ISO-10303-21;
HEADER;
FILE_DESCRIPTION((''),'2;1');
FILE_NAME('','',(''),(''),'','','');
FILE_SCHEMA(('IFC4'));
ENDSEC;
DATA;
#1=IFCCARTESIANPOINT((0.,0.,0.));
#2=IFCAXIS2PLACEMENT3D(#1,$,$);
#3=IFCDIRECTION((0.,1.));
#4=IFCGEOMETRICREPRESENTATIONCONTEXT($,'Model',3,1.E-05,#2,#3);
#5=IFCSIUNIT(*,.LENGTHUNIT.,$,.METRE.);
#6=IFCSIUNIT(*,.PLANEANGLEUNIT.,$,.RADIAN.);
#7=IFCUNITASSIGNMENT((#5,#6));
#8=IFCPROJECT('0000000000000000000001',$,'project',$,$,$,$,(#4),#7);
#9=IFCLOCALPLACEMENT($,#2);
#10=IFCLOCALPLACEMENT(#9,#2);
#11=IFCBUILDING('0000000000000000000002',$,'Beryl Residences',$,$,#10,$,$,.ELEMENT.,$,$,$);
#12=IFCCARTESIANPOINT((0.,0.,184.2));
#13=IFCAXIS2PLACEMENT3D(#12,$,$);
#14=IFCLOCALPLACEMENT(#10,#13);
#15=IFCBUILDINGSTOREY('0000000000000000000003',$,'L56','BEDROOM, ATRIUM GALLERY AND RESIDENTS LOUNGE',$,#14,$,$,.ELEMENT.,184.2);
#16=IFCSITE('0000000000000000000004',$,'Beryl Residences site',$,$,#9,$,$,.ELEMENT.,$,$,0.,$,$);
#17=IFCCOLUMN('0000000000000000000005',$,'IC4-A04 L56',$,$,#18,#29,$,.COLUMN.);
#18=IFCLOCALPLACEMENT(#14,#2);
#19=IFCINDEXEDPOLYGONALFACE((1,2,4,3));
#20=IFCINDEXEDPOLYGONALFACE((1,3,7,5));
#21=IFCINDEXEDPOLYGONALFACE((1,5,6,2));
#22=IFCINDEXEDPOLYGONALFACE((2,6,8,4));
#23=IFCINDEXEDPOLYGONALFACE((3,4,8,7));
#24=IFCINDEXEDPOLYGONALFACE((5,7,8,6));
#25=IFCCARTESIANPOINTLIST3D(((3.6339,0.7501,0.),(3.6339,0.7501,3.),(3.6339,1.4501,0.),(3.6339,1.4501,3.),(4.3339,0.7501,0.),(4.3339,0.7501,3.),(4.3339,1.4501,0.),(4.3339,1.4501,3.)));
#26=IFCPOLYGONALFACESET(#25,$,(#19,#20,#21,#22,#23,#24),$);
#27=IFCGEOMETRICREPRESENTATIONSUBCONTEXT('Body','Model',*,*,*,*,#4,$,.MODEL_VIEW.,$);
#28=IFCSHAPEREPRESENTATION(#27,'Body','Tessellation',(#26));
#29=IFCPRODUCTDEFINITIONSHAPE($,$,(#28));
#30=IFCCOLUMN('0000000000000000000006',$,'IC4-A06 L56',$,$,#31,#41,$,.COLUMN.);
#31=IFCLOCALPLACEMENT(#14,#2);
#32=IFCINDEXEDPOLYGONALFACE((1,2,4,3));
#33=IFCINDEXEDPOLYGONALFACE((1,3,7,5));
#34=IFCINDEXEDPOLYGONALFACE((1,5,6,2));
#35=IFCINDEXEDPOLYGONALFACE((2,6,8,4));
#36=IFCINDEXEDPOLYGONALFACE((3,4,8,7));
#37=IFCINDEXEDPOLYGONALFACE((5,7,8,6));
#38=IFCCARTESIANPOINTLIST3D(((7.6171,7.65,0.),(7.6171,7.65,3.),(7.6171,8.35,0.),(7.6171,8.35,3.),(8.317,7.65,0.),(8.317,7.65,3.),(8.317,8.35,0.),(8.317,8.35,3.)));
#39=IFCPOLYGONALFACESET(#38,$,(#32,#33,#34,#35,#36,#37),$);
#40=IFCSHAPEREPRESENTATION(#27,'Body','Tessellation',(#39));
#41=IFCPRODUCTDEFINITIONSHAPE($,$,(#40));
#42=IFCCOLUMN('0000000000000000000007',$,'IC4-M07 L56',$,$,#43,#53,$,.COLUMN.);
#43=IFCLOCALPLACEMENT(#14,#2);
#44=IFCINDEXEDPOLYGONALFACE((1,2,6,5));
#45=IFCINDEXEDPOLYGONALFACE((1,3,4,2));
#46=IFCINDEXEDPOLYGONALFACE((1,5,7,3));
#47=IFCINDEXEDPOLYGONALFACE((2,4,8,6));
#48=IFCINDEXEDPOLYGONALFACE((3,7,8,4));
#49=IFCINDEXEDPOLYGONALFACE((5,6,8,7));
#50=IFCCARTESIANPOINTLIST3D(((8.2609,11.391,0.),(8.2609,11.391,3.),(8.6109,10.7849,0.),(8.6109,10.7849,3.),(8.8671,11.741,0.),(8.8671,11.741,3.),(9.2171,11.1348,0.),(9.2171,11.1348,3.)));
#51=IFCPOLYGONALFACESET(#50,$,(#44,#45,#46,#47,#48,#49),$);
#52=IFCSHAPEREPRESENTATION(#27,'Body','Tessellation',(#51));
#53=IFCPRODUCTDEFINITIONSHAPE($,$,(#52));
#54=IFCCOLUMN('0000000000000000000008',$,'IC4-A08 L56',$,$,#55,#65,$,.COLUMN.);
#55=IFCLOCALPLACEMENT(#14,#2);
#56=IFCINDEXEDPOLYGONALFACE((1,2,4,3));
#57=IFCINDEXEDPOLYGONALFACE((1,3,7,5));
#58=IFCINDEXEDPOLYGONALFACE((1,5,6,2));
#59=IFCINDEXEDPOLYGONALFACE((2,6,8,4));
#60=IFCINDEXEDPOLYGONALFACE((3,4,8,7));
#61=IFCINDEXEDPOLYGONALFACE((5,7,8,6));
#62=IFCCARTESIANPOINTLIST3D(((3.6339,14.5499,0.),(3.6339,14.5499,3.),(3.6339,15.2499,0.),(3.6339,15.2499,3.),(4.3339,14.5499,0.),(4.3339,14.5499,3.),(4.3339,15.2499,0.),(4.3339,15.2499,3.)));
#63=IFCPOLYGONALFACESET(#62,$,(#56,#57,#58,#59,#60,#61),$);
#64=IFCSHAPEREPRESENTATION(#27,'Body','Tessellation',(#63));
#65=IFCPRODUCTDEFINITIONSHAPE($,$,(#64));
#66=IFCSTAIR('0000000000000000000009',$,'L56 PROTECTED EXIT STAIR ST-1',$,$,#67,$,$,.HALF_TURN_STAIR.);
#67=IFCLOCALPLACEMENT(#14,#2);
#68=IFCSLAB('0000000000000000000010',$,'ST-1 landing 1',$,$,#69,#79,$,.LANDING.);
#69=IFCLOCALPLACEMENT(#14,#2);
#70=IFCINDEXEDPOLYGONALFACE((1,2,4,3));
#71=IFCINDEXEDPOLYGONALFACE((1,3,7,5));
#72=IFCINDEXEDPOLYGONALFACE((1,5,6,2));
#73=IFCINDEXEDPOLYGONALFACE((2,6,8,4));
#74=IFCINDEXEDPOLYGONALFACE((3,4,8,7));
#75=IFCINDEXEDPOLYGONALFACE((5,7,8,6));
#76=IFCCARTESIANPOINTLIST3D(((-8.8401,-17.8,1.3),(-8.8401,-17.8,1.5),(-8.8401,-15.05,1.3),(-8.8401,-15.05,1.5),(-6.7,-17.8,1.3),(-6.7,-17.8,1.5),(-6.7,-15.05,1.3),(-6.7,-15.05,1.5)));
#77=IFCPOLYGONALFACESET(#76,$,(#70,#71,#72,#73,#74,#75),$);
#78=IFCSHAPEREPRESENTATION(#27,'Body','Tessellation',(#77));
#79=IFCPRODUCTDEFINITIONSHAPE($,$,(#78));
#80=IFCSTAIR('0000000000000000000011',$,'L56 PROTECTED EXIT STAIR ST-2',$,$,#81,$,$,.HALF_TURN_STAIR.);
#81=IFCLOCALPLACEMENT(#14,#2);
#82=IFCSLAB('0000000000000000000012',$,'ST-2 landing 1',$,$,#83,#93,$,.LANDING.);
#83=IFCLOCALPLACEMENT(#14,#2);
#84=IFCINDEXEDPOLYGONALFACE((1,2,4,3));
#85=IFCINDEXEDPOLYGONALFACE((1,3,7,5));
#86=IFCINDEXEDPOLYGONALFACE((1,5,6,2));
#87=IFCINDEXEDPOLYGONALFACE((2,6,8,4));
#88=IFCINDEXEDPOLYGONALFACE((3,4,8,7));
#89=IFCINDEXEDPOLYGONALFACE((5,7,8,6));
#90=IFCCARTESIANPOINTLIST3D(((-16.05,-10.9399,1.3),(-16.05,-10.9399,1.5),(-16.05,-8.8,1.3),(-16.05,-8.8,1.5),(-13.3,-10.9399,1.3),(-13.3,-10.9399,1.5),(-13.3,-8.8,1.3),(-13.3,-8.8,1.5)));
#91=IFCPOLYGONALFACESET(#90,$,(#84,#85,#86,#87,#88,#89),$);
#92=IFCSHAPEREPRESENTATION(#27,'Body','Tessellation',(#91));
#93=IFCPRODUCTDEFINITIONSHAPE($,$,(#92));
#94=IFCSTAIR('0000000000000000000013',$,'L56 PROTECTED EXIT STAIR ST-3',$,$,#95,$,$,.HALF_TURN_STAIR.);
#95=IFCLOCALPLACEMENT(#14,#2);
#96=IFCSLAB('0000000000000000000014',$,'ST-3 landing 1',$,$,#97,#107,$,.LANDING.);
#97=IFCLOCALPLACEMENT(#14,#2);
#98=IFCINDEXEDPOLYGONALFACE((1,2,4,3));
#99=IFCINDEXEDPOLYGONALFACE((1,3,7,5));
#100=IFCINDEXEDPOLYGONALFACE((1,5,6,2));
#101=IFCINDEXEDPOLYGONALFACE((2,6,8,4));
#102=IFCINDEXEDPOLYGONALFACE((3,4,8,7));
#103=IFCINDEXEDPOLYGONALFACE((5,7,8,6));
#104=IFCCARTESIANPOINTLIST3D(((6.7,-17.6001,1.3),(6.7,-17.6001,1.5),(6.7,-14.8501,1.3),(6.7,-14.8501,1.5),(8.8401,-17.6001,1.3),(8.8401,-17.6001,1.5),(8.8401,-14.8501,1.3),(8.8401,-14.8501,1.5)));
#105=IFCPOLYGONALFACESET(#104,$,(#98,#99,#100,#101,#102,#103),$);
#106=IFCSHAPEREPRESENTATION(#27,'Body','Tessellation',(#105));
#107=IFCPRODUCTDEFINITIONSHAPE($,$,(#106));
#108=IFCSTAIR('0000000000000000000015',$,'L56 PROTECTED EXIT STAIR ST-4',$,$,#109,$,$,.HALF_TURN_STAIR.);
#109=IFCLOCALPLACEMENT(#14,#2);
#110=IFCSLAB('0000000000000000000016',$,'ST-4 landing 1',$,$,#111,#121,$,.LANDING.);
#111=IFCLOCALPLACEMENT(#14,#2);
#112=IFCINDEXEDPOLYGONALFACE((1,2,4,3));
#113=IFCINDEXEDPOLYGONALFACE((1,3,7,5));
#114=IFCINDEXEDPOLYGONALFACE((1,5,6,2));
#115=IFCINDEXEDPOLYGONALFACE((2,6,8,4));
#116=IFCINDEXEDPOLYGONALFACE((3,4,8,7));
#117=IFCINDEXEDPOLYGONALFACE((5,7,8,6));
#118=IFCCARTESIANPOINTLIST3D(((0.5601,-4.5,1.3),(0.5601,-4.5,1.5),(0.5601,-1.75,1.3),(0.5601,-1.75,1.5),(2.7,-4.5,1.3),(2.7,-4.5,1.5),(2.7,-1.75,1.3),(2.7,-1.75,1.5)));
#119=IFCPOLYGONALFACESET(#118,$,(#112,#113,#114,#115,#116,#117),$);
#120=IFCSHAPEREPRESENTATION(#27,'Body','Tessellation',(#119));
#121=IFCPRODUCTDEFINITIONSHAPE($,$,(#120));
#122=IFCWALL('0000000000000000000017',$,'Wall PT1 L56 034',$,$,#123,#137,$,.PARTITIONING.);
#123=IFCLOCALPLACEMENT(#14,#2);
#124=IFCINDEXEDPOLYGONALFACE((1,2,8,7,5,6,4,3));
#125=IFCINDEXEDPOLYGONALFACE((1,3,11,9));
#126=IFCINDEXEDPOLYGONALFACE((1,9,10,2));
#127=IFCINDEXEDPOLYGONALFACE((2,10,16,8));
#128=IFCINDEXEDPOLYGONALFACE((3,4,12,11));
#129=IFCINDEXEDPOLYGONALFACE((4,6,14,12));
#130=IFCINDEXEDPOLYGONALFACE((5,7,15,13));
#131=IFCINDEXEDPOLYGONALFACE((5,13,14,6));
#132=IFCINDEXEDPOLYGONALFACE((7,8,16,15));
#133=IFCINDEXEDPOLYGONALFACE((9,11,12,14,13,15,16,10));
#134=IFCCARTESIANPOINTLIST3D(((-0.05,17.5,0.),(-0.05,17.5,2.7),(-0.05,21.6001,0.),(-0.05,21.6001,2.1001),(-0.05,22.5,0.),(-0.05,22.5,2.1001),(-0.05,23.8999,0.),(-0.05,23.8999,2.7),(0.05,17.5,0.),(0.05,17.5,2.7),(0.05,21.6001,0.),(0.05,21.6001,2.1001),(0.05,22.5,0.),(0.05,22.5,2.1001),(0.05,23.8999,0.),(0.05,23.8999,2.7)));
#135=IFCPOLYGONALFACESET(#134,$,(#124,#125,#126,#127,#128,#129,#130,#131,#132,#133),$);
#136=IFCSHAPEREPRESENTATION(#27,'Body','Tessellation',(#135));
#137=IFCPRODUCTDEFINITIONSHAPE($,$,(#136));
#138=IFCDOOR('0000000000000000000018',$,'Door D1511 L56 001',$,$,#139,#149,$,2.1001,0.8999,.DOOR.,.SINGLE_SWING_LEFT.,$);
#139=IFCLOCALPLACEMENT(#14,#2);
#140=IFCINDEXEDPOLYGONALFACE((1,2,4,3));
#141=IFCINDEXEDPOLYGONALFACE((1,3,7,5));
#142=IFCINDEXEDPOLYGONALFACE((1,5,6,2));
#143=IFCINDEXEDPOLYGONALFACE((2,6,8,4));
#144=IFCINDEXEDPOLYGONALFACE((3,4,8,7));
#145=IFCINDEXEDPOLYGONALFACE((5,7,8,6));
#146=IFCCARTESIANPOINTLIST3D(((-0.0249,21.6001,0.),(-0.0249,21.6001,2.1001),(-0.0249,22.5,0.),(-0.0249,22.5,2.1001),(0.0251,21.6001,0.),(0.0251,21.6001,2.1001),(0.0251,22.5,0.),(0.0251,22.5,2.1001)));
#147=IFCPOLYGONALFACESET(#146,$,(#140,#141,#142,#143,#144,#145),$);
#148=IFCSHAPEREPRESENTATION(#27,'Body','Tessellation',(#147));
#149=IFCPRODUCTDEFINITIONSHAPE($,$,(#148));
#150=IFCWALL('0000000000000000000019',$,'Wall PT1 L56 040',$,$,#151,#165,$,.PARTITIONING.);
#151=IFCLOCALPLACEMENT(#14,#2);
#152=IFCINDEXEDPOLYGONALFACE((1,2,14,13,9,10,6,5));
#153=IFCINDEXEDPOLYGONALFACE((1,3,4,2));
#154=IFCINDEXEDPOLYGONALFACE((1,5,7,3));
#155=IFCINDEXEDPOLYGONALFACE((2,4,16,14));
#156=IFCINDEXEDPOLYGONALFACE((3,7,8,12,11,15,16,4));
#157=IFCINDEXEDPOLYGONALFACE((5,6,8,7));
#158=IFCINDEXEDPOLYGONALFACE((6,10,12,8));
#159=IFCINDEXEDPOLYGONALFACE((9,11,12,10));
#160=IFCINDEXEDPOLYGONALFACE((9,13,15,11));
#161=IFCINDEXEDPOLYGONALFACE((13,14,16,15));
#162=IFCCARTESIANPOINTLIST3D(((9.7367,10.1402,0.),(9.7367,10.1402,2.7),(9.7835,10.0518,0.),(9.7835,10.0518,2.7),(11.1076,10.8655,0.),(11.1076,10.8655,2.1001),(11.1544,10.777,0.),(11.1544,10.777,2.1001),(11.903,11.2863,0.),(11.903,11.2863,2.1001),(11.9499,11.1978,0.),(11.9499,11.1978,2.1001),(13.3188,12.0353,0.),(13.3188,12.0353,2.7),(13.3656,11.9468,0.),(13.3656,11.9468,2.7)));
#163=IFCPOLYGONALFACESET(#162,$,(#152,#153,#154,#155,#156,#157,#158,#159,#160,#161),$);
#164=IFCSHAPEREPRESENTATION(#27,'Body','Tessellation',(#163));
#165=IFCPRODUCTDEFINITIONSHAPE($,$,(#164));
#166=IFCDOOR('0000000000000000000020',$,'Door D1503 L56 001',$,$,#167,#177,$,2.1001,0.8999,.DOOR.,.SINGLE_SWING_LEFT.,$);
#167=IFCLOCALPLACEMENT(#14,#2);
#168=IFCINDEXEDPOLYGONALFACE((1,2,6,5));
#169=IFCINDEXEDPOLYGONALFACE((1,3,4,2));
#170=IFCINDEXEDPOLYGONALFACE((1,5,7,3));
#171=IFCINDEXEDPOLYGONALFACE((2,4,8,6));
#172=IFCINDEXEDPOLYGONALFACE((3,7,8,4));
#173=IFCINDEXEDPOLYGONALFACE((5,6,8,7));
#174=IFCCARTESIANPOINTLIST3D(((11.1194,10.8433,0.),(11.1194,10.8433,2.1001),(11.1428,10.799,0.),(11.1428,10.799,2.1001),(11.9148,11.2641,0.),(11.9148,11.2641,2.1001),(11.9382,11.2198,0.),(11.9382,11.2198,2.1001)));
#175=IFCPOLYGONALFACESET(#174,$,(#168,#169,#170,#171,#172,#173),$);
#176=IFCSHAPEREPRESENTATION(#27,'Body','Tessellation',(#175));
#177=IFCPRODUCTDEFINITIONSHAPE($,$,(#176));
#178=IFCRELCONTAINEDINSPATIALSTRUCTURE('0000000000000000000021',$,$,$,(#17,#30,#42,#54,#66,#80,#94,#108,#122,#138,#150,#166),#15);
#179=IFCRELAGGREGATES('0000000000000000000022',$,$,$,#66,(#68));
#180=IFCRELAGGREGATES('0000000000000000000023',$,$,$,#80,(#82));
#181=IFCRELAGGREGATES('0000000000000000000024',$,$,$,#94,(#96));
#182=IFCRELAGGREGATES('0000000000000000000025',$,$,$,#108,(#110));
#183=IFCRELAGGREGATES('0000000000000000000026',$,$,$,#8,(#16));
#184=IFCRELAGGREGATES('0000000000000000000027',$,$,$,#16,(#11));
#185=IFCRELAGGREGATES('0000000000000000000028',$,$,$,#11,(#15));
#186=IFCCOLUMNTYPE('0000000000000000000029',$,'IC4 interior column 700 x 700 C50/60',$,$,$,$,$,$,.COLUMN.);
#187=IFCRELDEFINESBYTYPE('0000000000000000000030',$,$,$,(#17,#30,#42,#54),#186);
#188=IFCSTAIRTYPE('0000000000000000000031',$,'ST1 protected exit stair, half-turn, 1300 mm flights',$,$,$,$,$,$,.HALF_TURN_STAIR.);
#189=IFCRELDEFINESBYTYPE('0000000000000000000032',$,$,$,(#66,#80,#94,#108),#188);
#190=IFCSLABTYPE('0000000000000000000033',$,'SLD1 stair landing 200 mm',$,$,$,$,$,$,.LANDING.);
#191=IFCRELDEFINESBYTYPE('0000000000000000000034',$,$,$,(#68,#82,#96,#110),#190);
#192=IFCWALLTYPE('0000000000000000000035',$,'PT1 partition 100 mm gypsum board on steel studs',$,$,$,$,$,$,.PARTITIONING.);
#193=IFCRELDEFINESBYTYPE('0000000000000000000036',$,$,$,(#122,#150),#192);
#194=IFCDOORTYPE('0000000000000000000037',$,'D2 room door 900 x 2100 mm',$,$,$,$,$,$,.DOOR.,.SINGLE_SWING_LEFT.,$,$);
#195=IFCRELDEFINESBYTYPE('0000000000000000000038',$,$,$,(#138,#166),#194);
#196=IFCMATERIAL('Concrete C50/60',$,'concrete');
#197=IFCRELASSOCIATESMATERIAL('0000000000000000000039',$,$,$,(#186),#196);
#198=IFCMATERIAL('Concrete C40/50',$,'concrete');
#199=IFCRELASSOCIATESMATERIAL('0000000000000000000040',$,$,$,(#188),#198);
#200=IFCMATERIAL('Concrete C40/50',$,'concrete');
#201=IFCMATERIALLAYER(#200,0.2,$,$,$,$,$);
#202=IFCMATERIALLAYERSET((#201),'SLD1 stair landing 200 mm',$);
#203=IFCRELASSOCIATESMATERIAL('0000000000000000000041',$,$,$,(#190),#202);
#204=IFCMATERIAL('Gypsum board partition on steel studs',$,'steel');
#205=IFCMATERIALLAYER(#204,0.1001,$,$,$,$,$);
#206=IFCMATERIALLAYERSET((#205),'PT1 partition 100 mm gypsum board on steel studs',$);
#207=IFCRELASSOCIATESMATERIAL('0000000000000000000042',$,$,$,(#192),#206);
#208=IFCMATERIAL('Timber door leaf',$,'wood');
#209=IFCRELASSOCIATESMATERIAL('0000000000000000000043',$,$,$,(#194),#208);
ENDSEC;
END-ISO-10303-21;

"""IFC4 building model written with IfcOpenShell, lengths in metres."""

from ifc_helpers import new_model, si_unit, direction, frame, frame_2d, origin, origin_2d, place, context, subcontext, project, spatial, polyline, rectangle, outline, extrude, material, layer, layer_set, material_profile, profile_set, type_object, element, fill, aggregate, save


model = new_model("IFC4")

# Units and contexts
model_context = context("Model", 3, precision=1e-05, world=origin(), true_north=direction((0.0, 1.0)))
body_context = subcontext(model_context, "Body", "Model", "MODEL_VIEW")
ifc_project = project(units=[si_unit("LENGTHUNIT", "METRE"), si_unit("PLANEANGLEUNIT", "RADIAN")], contexts=[model_context])

# Site, building, storey
site_placement = place(None, origin())
site = spatial("IfcSite", under=ifc_project, at=site_placement, Name="Beryl Residences site", CompositionType="ELEMENT", RefElevation=0.0)
building_placement = place(site_placement, origin())
building = spatial("IfcBuilding", under=site, at=building_placement, Name="Beryl Residences", CompositionType="ELEMENT")
storey_placement = place(building_placement, frame((0.0, 0.0, 184.2)))
storey = spatial("IfcBuildingStorey", under=building, at=storey_placement, Name="L56", Description="BEDROOM, ATRIUM GALLERY AND RESIDENTS LOUNGE", CompositionType="ELEMENT", Elevation=184.2)

# Columns
ifc_material_1 = material(Name="Concrete C50/60", Category="concrete")
ifc_material_profile = material_profile(ifc_material_1, rectangle(XDim=0.7, YDim=0.7, at=origin_2d()))
ifc_profile_set = profile_set([ifc_material_profile], Name="Concrete C50/60")
column_type = type_object("IfcColumnType", Name="IC4 interior column 700 x 700 C50/60", PredefinedType="COLUMN", material=ifc_profile_set)
for number, where, z_axis, x_axis, name in (
    (1, (3.9839, 1.1001, 0.0), (0.0, 0.0, 1.0), (1.0, 0.0, 0.0), "IC4-A04 L56"),
    (2, (7.967, 8.0, 0.0), (0.0, 0.0, 1.0), (1.0, 0.0, 0.0), "IC4-A06 L56"),
    (3, (8.739, 11.2629, 0.0), (0.0, 0.0, 1.0), (-0.5, 0.866025, 0.0), "IC4-M07 L56"),
    (4, (3.9839, 14.8999, 0.0), (0.0, 0.0, 1.0), (1.0, 0.0, 0.0), "IC4-A08 L56"),
):
    element("IfcColumn", number, at=place(storey_placement, frame(where, z_axis=z_axis, x_axis=x_axis)), inside=storey, type_object=column_type, Name=name, PredefinedType="COLUMN", context=body_context, shape_type="SweptSolid", body=[
        extrude(rectangle(XDim=0.7, YDim=0.7, at=origin_2d()), origin(), (0.0, 0.0, 1.0), 3.0),
    ])

# Stairs, slabs
ifc_material_2 = material(Name="Concrete C40/50", Category="concrete")
stair_type = type_object("IfcStairType", Name="ST1 protected exit stair, half-turn, 1300 mm flights", PredefinedType="HALF_TURN_STAIR", material=ifc_material_2)
stair_1_placement = place(storey_placement, origin())
stair_1 = element("IfcStair", 5, at=stair_1_placement, inside=storey, type_object=stair_type, Name="L56 PROTECTED EXIT STAIR ST-1", PredefinedType="HALF_TURN_STAIR")
ifc_material_3 = material(Name="Concrete C40/50", Category="concrete")
ifc_layer_1 = layer(ifc_material_3, 0.2)
ifc_layer_set_1 = layer_set([ifc_layer_1], Name="SLD1 stair landing 200 mm")
slab_type_1 = type_object("IfcSlabType", Name="SLD1 stair landing 200 mm", PredefinedType="LANDING", material=ifc_layer_set_1)
slab_1_placement = place(storey_placement, frame((0.0, 0.0, 1.3)))
slab_1 = element("IfcSlab", 6, at=slab_1_placement, type_object=slab_type_1, Name="ST-1 landing 1", PredefinedType="LANDING", context=body_context, shape_type="SweptSolid", body=[
    extrude(outline(polyline([(-8.8401, -17.8), (-6.7, -17.8), (-6.7, -15.05), (-8.8401, -15.05), (-8.8401, -17.8)])), origin(), (0.0, 0.0, 1.0), 0.2),
])
aggregate(stair_1, [slab_1])
stair_2_placement = place(storey_placement, origin())
stair_2 = element("IfcStair", 7, at=stair_2_placement, inside=storey, type_object=stair_type, Name="L56 PROTECTED EXIT STAIR ST-2", PredefinedType="HALF_TURN_STAIR")
slab_2_placement = place(storey_placement, frame((0.0, 0.0, 1.3)))
slab_2 = element("IfcSlab", 8, at=slab_2_placement, type_object=slab_type_1, Name="ST-2 landing 1", PredefinedType="LANDING", context=body_context, shape_type="SweptSolid", body=[
    extrude(outline(polyline([(-13.3, -10.9399), (-13.3, -8.8), (-16.05, -8.8), (-16.05, -10.9399), (-13.3, -10.9399)])), origin(), (0.0, 0.0, 1.0), 0.2),
])
aggregate(stair_2, [slab_2])
stair_3_placement = place(storey_placement, origin())
stair_3 = element("IfcStair", 9, at=stair_3_placement, inside=storey, type_object=stair_type, Name="L56 PROTECTED EXIT STAIR ST-3", PredefinedType="HALF_TURN_STAIR")
slab_3_placement = place(storey_placement, frame((0.0, 0.0, 1.3)))
slab_3 = element("IfcSlab", 10, at=slab_3_placement, type_object=slab_type_1, Name="ST-3 landing 1", PredefinedType="LANDING", context=body_context, shape_type="SweptSolid", body=[
    extrude(outline(polyline([(8.8401, -14.8501), (6.7, -14.8501), (6.7, -17.6001), (8.8401, -17.6001), (8.8401, -14.8501)])), origin(), (0.0, 0.0, 1.0), 0.2),
])
aggregate(stair_3, [slab_3])
stair_4_placement = place(storey_placement, origin())
stair_4 = element("IfcStair", 11, at=stair_4_placement, inside=storey, type_object=stair_type, Name="L56 PROTECTED EXIT STAIR ST-4", PredefinedType="HALF_TURN_STAIR")
slab_4_placement = place(storey_placement, frame((0.0, 0.0, 1.3)))
slab_4 = element("IfcSlab", 12, at=slab_4_placement, type_object=slab_type_1, Name="ST-4 landing 1", PredefinedType="LANDING", context=body_context, shape_type="SweptSolid", body=[
    extrude(outline(polyline([(0.5601, -4.5), (2.7, -4.5), (2.7, -1.75), (0.5601, -1.75), (0.5601, -4.5)])), origin(), (0.0, 0.0, 1.0), 0.2),
])
aggregate(stair_4, [slab_4])

# Walls, openings, doors
ifc_material_4 = material(Name="Gypsum board partition on steel studs", Category="steel")
ifc_layer_2 = layer(ifc_material_4, 0.1001)
ifc_layer_set_2 = layer_set([ifc_layer_2], Name="PT1 partition 100 mm gypsum board on steel studs")
wall_type_1 = type_object("IfcWallType", Name="PT1 partition 100 mm gypsum board on steel studs", PredefinedType="PARTITIONING", material=ifc_layer_set_2)
wall_1_placement = place(storey_placement, frame((0.0, 17.5, 0.0), z_axis=(0.0, 0.0, 1.0), x_axis=(0.0, 1.0, 0.0)))
wall_1 = element("IfcWall", 13, at=wall_1_placement, inside=storey, type_object=wall_type_1, Name="Wall PT1 L56 034", PredefinedType="PARTITIONING", context=body_context, shape_type="SweptSolid", body=[
    extrude(rectangle(XDim=6.3999, YDim=0.1001, at=frame_2d((3.2, 0.0))), origin(), (0.0, 0.0, 1.0), 2.7),
])
opening_1_placement = place(wall_1_placement, frame((4.1001, 0.0, 0.0)))
opening_1 = element("IfcOpeningElement", 14, at=opening_1_placement, cuts=wall_1, PredefinedType="OPENING", context=body_context, shape_type="SweptSolid", body=[
    extrude(rectangle(XDim=0.8999, YDim=2.1001, at=frame_2d((0.45, 1.05))), frame((0.0, 0.0601, 0.0), z_axis=(0.0, -1.0, 0.0), x_axis=(1.0, 0.0, 0.0)), (0.0, 0.0, 1.0), 0.1201),
])
ifc_material_5 = material(Name="Timber door leaf", Category="wood")
door_type_1 = type_object("IfcDoorType", Name="D2 room door 900 x 2100 mm", OperationType="SINGLE_SWING_LEFT", PredefinedType="DOOR", material=ifc_material_5)
door_1_placement = place(opening_1_placement, origin())
door_1 = element("IfcDoor", 15, at=door_1_placement, inside=storey, type_object=door_type_1, Name="Door D1511 L56 001", OperationType="SINGLE_SWING_LEFT", OverallHeight=2.1001, OverallWidth=0.8999, PredefinedType="DOOR", context=body_context, shape_type="SweptSolid", body=[
    extrude(rectangle(XDim=0.8999, YDim=2.1001, at=frame_2d((0.45, 1.05))), frame((0.0, 0.0249, 0.0), z_axis=(0.0, -1.0, 0.0), x_axis=(1.0, 0.0, 0.0)), (0.0, 0.0, 1.0), 0.05),
])
fill(opening_1, door_1)
wall_2_placement = place(storey_placement, frame((9.76, 10.0959, 0.0), z_axis=(0.0, 0.0, 1.0), x_axis=(0.883926, 0.467628, 0.0)))
wall_2 = element("IfcWall", 16, at=wall_2_placement, inside=storey, type_object=wall_type_1, Name="Wall PT1 L56 040", PredefinedType="PARTITIONING", context=body_context, shape_type="SweptSolid", body=[
    extrude(rectangle(XDim=4.0525, YDim=0.1001, at=frame_2d((2.0264, 0.0))), origin(), (0.0, 0.0, 1.0), 2.7),
])
opening_2_placement = place(wall_2_placement, frame((1.551, 0.0, 0.0)))
opening_2 = element("IfcOpeningElement", 17, at=opening_2_placement, cuts=wall_2, PredefinedType="OPENING", context=body_context, shape_type="SweptSolid", body=[
    extrude(rectangle(XDim=0.8999, YDim=2.1001, at=frame_2d((0.45, 1.05))), frame((0.0, 0.0601, 0.0), z_axis=(0.0, -1.0, 0.0), x_axis=(1.0, 0.0, 0.0)), (0.0, 0.0, 1.0), 0.1201),
])
door_2_placement = place(opening_2_placement, origin())
door_2 = element("IfcDoor", 18, at=door_2_placement, inside=storey, type_object=door_type_1, Name="Door D1503 L56 001", OperationType="SINGLE_SWING_LEFT", OverallHeight=2.1001, OverallWidth=0.8999, PredefinedType="DOOR", context=body_context, shape_type="SweptSolid", body=[
    extrude(rectangle(XDim=0.8999, YDim=2.1001, at=frame_2d((0.45, 1.05))), frame((0.0, 0.0249, 0.0), z_axis=(0.0, -1.0, 0.0), x_axis=(1.0, 0.0, 0.0)), (0.0, 0.0, 1.0), 0.05),
])
fill(opening_2, door_2)

save(model, "model.ifc")
